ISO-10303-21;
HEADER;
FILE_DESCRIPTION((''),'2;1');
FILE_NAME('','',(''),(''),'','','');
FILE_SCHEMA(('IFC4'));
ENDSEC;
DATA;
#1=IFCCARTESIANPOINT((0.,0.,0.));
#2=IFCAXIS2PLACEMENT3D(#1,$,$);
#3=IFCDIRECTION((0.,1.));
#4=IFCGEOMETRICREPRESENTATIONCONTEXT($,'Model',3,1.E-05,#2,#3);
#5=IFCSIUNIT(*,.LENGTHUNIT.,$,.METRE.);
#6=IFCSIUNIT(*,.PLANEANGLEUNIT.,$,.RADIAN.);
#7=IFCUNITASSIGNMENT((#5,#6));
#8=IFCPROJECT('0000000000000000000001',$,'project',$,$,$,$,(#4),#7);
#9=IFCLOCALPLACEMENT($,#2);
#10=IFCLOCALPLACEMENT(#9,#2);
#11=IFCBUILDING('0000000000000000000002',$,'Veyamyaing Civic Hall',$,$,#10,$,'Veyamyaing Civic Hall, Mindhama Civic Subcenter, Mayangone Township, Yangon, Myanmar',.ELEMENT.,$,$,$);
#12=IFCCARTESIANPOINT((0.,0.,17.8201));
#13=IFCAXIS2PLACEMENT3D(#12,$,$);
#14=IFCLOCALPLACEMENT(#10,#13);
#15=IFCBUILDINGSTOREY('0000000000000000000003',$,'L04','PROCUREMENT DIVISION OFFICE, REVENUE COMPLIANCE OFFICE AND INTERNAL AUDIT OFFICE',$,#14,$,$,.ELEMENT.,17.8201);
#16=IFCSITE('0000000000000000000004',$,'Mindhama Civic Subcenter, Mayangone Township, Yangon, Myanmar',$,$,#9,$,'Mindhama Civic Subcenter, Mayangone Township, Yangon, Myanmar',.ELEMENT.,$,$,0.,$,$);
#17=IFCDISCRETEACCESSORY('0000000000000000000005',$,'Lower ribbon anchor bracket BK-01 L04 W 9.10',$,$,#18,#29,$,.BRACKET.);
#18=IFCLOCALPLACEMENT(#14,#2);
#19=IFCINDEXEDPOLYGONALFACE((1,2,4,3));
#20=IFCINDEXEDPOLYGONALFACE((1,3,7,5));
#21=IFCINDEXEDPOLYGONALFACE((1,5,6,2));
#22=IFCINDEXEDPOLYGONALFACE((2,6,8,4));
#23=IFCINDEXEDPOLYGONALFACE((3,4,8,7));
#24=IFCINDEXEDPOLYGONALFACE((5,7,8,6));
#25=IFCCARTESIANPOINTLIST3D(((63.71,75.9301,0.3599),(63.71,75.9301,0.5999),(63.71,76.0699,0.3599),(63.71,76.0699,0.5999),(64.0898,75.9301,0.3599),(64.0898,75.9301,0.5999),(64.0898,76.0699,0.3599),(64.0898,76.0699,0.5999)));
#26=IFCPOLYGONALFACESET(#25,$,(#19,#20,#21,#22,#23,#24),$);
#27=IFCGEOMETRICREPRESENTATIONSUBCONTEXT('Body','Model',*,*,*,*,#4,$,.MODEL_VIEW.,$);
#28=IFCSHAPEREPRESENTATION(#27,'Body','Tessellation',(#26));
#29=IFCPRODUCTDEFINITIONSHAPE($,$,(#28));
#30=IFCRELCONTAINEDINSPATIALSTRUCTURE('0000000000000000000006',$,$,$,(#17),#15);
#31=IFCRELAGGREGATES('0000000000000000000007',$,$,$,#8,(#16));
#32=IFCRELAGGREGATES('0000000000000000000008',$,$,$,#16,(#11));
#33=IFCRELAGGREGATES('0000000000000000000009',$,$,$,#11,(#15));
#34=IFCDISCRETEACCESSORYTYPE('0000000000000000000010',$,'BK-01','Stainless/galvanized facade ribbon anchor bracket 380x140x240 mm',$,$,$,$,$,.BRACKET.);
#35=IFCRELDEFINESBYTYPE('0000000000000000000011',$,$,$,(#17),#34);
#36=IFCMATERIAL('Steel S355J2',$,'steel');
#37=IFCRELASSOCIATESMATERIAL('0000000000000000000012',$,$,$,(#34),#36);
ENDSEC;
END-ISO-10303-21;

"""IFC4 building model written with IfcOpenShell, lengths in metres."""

from ifc_helpers import new_model, si_unit, direction, frame, origin, origin_2d, place, context, subcontext, project, spatial, rectangle, extrude, material, type_object, element, save


model = new_model("IFC4")

# Units and contexts
model_context = context("Model", 3, precision=1e-05, world=origin(), true_north=direction((0.0, 1.0)))
body_context = subcontext(model_context, "Body", "Model", "MODEL_VIEW")
ifc_project = project(units=[si_unit("LENGTHUNIT", "METRE"), si_unit("PLANEANGLEUNIT", "RADIAN")], contexts=[model_context])

# Site, building, storey
site_placement = place(None, origin())
site = spatial("IfcSite", under=ifc_project, at=site_placement, Name="Mindhama Civic Subcenter, Mayangone Township, Yangon, Myanmar", LongName="Mindhama Civic Subcenter, Mayangone Township, Yangon, Myanmar", CompositionType="ELEMENT", RefElevation=0.0)
building_placement = place(site_placement, origin())
building = spatial("IfcBuilding", under=site, at=building_placement, Name="Veyamyaing Civic Hall", LongName="Veyamyaing Civic Hall, Mindhama Civic Subcenter, Mayangone Township, Yangon, Myanmar", CompositionType="ELEMENT")
storey_placement = place(building_placement, frame((0.0, 0.0, 17.8201)))
storey = spatial("IfcBuildingStorey", under=building, at=storey_placement, Name="L04", Description="PROCUREMENT DIVISION OFFICE, REVENUE COMPLIANCE OFFICE AND INTERNAL AUDIT OFFICE", CompositionType="ELEMENT", Elevation=17.8201)

# Discrete accessory
ifc_material_1 = material(Name="Steel S355J2", Category="steel")
discrete_accessory_type = type_object("IfcDiscreteAccessoryType", Name="BK-01", Description="Stainless/galvanized facade ribbon anchor bracket 380x140x240 mm", PredefinedType="BRACKET", material=ifc_material_1)
for number, where, z_axis, x_axis, name in (
    (1, (63.8999, 76.0, 0.3599), (0.0, 0.0, 1.0), (-1.0, 0.0, 0.0), "Lower ribbon anchor bracket BK-01 L04 W 9.10"),
):
    element("IfcDiscreteAccessory", number, at=place(storey_placement, frame(where, z_axis=z_axis, x_axis=x_axis)), inside=storey, type_object=discrete_accessory_type, Name=name, PredefinedType="BRACKET", context=body_context, shape_type="SweptSolid", body=[
        extrude(rectangle(XDim=0.3799, YDim=0.1399, at=origin_2d()), origin(), (0.0, 0.0, 1.0), 0.24),
    ])

save(model, "model.ifc")
